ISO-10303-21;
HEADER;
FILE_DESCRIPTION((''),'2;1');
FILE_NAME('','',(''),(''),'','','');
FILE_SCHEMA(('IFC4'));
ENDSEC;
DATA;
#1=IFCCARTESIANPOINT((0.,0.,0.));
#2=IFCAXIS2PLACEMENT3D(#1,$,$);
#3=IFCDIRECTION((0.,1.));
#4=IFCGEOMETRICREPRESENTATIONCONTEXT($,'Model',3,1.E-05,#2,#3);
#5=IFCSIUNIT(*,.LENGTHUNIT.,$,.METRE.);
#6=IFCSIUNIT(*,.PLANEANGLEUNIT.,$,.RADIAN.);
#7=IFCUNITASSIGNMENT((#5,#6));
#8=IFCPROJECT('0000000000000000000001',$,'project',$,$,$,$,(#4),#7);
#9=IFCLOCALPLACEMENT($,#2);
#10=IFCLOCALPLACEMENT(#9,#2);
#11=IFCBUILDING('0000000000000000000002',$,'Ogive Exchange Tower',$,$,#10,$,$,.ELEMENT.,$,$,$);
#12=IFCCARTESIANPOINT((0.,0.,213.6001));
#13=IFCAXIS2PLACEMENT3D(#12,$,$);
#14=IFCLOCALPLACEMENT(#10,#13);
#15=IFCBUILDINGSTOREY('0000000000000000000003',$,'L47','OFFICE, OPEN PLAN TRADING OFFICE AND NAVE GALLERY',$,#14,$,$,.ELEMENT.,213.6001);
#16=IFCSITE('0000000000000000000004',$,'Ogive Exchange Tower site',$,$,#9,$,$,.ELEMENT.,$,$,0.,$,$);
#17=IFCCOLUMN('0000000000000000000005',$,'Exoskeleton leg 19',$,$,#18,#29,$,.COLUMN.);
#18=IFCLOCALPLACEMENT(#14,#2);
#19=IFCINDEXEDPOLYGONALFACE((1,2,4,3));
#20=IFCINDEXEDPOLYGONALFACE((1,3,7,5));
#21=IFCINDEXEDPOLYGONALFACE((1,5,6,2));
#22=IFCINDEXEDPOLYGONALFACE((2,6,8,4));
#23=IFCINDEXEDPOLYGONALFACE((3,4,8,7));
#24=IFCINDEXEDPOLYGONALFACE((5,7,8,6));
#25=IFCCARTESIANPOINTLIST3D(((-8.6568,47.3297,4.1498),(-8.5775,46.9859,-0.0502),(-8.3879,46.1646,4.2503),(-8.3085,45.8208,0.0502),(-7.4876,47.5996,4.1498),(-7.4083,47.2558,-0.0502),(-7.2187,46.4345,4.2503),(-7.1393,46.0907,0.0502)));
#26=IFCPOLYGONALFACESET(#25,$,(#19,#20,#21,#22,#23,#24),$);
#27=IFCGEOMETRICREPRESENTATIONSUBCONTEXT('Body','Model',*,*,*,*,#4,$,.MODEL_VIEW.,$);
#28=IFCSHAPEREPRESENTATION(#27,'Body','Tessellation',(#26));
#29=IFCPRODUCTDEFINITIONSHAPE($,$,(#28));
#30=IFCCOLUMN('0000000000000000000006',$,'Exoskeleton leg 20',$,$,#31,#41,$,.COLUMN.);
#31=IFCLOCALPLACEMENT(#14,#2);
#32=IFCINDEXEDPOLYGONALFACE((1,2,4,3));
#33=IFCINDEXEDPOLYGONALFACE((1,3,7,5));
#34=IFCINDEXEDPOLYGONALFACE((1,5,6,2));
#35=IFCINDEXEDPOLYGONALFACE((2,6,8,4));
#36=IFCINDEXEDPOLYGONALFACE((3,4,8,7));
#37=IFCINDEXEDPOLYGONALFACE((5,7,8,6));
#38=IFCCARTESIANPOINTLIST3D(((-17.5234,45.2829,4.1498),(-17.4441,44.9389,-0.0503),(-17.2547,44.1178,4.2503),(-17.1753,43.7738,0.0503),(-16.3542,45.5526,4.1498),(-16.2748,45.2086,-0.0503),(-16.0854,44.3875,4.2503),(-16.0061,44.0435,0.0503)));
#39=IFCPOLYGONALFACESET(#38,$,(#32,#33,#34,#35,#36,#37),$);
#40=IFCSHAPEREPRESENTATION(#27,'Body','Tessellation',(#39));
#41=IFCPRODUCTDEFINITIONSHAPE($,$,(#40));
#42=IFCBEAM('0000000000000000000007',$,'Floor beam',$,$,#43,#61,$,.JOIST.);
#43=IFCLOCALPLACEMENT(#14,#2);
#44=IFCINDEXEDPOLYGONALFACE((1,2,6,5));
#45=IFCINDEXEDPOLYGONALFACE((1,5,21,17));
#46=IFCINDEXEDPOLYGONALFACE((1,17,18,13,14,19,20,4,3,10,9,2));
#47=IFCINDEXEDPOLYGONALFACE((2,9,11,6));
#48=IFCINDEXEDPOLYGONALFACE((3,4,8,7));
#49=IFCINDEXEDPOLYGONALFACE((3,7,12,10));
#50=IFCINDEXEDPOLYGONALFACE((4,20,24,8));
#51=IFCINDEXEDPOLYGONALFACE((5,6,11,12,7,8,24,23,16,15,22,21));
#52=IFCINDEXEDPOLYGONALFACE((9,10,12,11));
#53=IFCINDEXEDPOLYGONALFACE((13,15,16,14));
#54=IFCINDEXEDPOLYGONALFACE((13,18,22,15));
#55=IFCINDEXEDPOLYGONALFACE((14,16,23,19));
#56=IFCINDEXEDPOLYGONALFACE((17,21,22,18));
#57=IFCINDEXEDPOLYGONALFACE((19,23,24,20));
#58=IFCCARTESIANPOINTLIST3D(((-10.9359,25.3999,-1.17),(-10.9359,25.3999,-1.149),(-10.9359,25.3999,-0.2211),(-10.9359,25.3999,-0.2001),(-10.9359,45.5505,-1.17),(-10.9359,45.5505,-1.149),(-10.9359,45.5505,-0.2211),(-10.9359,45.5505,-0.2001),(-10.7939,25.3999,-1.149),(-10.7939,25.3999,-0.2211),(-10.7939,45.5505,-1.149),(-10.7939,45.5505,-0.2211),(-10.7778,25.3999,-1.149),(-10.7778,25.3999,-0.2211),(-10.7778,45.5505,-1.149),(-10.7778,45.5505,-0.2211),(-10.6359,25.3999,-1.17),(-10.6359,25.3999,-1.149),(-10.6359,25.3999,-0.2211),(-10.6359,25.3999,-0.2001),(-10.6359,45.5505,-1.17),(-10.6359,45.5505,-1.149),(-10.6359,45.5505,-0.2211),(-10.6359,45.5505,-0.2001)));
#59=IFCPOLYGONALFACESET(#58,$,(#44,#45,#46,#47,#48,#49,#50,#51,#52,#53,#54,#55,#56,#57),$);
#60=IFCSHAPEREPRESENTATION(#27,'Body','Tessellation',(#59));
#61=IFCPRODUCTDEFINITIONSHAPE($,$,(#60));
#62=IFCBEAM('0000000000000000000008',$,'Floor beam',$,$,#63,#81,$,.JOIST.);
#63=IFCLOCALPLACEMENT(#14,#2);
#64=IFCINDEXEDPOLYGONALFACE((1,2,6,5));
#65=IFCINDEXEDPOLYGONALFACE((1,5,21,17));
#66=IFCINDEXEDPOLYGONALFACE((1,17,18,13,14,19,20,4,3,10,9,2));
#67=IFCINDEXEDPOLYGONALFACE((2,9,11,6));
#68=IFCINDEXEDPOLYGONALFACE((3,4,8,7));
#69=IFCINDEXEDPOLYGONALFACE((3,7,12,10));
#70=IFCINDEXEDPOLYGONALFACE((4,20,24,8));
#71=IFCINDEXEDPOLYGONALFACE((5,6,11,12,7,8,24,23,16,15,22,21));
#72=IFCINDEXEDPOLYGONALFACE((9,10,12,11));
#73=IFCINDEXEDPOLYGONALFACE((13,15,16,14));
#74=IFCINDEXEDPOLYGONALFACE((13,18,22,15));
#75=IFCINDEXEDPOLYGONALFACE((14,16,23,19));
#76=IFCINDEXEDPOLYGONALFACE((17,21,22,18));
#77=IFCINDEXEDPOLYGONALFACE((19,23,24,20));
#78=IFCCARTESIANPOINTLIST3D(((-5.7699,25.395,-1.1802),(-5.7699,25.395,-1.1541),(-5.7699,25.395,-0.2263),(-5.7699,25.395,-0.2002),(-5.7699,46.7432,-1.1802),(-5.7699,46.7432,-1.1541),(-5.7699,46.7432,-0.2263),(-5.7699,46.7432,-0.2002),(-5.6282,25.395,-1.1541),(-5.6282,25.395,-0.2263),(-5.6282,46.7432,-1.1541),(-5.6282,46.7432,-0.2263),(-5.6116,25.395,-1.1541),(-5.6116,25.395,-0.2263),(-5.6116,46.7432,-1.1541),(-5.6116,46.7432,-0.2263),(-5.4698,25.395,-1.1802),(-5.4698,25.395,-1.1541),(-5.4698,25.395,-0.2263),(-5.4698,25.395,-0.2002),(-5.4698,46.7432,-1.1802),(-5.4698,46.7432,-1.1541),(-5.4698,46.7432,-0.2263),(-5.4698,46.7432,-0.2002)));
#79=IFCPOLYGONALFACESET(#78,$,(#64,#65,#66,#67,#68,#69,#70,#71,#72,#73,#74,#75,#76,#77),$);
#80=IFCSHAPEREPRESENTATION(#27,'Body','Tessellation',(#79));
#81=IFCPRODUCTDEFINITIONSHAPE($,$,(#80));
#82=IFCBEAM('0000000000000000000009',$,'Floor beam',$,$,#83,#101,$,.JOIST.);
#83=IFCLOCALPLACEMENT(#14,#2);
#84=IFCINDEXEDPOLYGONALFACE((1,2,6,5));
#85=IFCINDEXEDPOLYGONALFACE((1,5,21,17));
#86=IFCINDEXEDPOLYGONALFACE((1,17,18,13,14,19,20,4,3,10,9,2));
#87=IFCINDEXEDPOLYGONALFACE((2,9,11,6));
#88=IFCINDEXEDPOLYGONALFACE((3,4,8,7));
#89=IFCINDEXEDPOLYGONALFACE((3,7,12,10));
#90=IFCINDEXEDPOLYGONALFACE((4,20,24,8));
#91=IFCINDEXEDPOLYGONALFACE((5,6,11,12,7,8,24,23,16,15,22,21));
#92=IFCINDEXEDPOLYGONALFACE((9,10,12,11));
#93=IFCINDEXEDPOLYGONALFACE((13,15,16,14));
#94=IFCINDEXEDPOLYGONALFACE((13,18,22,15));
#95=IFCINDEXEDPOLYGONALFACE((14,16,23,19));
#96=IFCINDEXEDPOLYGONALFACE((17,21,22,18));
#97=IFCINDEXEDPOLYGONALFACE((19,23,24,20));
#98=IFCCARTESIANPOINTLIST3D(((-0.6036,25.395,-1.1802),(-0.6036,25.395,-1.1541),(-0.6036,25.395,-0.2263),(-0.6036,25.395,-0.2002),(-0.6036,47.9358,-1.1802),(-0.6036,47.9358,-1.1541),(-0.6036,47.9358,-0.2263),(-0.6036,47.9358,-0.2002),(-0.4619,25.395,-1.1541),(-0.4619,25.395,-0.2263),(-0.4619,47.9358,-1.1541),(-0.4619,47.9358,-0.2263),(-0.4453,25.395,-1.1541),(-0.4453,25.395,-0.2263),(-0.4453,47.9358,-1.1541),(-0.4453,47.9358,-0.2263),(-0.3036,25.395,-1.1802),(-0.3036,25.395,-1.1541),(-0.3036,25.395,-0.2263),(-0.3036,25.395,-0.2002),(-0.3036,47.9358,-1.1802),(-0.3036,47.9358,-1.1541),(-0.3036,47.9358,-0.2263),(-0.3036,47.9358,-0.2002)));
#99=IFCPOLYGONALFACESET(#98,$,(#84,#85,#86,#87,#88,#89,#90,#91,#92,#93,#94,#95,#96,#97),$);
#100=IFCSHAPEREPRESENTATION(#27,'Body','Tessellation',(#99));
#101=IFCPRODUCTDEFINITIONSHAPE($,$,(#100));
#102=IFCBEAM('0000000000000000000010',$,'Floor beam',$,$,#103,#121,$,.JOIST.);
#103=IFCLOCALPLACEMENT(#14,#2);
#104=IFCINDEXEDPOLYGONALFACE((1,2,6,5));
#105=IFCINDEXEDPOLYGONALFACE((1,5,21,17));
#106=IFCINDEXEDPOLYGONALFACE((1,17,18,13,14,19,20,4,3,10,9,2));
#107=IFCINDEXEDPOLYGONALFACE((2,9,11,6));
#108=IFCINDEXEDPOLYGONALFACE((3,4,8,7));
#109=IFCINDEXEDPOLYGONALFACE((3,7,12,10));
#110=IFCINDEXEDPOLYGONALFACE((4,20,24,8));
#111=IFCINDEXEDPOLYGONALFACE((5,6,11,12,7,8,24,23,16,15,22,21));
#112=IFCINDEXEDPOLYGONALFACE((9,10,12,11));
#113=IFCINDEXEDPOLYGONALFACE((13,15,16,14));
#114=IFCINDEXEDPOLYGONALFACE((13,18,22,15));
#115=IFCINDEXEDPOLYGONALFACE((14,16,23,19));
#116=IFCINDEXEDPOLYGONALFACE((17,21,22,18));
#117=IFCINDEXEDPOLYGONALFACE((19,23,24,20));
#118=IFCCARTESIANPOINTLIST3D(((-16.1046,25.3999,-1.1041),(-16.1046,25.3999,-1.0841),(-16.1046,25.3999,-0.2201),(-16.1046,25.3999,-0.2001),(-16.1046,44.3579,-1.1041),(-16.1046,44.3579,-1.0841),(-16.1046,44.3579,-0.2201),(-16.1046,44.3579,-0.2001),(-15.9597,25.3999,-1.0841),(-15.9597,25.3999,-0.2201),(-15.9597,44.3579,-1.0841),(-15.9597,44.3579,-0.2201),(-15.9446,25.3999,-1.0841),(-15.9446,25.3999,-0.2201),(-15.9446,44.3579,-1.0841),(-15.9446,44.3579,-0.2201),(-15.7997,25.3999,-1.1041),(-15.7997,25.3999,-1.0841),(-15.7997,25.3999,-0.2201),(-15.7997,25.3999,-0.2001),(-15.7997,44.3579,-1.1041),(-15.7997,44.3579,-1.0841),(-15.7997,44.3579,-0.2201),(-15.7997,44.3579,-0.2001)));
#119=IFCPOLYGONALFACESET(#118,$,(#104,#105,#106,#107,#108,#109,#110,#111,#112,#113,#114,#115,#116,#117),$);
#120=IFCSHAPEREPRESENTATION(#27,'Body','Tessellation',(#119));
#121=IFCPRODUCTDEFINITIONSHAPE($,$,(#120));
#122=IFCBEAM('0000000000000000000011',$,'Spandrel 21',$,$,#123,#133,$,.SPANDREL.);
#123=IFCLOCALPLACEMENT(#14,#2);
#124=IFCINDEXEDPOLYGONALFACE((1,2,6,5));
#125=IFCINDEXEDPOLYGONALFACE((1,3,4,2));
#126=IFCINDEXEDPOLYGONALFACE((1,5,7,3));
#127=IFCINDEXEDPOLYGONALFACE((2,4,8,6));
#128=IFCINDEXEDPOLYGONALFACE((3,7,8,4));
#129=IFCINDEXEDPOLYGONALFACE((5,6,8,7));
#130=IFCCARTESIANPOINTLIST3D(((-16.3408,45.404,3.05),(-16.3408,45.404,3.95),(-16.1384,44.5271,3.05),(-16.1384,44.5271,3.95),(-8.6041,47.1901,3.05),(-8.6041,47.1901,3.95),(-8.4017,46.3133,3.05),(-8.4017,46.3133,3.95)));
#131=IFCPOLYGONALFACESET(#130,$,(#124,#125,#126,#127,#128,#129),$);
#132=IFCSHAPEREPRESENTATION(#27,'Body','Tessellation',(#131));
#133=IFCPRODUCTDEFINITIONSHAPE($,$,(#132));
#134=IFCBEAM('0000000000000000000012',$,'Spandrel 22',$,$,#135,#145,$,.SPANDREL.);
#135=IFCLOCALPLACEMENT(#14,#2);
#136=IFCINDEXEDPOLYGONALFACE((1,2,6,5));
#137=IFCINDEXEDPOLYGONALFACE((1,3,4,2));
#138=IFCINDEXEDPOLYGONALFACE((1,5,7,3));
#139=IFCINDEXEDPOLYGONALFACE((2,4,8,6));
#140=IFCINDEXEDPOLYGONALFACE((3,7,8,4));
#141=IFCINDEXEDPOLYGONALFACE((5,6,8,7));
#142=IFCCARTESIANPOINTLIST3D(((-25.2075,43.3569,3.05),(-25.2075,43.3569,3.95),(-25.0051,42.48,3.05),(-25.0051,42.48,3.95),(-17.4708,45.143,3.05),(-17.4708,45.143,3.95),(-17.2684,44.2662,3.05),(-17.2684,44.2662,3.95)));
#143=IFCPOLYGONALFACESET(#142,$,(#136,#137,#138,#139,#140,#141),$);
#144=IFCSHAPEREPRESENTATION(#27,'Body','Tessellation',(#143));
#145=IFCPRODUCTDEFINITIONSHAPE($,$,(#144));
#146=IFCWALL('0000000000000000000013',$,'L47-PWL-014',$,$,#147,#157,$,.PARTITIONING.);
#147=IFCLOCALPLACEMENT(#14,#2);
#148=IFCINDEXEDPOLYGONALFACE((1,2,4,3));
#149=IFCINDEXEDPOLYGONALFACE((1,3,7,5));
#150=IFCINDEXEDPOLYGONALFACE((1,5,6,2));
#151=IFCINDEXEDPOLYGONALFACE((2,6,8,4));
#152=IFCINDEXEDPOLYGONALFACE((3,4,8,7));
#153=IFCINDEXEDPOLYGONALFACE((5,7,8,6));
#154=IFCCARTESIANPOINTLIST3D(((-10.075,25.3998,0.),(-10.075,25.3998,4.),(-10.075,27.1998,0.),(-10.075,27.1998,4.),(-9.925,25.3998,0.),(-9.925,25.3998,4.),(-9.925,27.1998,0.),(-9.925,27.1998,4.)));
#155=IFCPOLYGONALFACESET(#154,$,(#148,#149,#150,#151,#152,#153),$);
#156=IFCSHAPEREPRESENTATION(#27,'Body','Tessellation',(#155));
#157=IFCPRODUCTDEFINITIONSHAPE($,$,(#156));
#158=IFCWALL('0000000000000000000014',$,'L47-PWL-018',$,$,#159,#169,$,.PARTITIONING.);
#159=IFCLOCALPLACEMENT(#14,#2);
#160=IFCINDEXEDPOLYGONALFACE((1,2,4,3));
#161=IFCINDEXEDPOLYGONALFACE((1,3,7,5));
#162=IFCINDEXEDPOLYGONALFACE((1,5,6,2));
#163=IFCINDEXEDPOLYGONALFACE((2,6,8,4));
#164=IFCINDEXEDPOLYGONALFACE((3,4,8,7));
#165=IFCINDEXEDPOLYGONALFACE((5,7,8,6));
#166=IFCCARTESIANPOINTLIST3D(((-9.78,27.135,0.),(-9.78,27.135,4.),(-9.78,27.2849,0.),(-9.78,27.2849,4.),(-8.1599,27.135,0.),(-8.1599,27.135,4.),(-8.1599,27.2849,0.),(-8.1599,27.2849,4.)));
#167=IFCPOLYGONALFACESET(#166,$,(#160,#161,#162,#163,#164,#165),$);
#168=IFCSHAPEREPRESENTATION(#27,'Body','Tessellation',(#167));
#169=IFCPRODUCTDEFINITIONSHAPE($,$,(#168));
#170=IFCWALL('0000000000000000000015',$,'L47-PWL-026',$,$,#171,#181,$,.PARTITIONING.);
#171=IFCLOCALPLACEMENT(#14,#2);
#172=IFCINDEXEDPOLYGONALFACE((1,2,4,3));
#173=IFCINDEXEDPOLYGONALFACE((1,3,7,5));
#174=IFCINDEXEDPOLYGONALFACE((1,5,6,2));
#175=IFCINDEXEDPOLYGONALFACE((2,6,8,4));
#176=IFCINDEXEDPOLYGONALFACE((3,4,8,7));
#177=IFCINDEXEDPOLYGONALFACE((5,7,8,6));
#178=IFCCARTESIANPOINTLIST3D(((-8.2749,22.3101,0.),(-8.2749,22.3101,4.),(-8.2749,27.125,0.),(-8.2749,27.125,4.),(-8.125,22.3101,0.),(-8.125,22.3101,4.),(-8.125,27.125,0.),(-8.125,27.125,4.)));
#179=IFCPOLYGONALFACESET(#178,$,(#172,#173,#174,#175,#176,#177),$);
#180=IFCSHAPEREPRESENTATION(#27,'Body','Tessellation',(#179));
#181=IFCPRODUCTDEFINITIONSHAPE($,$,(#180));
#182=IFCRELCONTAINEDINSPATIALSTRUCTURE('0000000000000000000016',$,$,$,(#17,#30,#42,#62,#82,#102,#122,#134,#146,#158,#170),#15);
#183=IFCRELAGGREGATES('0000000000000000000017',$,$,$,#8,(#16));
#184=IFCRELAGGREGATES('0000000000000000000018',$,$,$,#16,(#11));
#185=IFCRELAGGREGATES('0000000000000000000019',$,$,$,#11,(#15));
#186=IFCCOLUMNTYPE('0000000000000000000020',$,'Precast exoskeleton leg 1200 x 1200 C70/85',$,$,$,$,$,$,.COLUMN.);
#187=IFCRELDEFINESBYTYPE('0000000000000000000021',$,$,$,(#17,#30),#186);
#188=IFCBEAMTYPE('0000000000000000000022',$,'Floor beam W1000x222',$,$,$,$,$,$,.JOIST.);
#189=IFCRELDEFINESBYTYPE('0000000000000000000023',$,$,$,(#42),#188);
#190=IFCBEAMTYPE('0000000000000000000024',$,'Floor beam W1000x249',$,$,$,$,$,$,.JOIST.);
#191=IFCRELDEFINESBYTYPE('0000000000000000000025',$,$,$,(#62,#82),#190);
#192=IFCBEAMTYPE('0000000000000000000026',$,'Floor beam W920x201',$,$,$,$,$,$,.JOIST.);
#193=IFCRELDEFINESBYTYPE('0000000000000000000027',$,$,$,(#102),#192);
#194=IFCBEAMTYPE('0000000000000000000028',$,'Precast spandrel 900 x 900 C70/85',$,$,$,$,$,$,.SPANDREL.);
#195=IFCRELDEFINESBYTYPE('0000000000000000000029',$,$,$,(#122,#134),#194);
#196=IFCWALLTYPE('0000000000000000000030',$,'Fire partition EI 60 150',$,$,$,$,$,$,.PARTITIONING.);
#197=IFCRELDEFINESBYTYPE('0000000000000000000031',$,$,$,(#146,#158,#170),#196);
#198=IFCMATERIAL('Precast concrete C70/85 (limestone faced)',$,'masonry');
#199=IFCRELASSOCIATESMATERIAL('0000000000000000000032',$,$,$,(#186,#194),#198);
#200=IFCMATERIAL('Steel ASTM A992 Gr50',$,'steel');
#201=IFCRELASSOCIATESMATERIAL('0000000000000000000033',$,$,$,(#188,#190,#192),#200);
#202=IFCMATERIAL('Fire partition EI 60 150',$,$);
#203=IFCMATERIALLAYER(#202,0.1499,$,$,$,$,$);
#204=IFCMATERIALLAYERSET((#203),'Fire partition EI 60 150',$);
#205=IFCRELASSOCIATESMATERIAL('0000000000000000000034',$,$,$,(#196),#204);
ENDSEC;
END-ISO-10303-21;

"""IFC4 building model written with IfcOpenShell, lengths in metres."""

from ifc_helpers import new_model, si_unit, direction, frame, frame_2d, origin, origin_2d, place, context, subcontext, project, spatial, rectangle, i_section, extrude, material, layer, layer_set, material_profile, profile_set, type_object, element, save


model = new_model("IFC4")

# Units and contexts
model_context = context("Model", 3, precision=1e-05, world=origin(), true_north=direction((0.0, 1.0)))
body_context = subcontext(model_context, "Body", "Model", "MODEL_VIEW")
ifc_project = project(units=[si_unit("LENGTHUNIT", "METRE"), si_unit("PLANEANGLEUNIT", "RADIAN")], contexts=[model_context])

# Site, building, storey
site_placement = place(None, origin())
site = spatial("IfcSite", under=ifc_project, at=site_placement, Name="Ogive Exchange Tower site", CompositionType="ELEMENT", RefElevation=0.0)
building_placement = place(site_placement, origin())
building = spatial("IfcBuilding", under=site, at=building_placement, Name="Ogive Exchange Tower", CompositionType="ELEMENT")
storey_placement = place(building_placement, frame((0.0, 0.0, 213.6001)))
storey = spatial("IfcBuildingStorey", under=building, at=storey_placement, Name="L47", Description="OFFICE, OPEN PLAN TRADING OFFICE AND NAVE GALLERY", CompositionType="ELEMENT", Elevation=213.6001)

# Columns
ifc_material_1 = material(Name="Precast concrete C70/85 (limestone faced)", Category="masonry")
ifc_material_profile_1 = material_profile(ifc_material_1, rectangle(XDim=1.2, YDim=1.2, at=origin_2d()), Name="1200 x 1200")
ifc_profile_set_1 = profile_set([ifc_material_profile_1], Name="Precast concrete C70/85 (limestone faced)")
column_type = type_object("IfcColumnType", Name="Precast exoskeleton leg 1200 x 1200 C70/85", PredefinedType="COLUMN", material=ifc_profile_set_1)
for number, where, z_axis, x_axis, name in (
    (1, (-7.8584, 46.5383, 0.0), (-0.018826, 0.081559, 0.996491), (-0.97438, -0.22491, 0.0), "Exoskeleton leg 19"),
    (2, (-16.7251, 44.4912, 0.0), (-0.018826, 0.081617, 0.996486), (-0.974415, -0.224758, 0.0), "Exoskeleton leg 20"),
):
    element("IfcColumn", number, at=place(storey_placement, frame(where, z_axis=z_axis, x_axis=x_axis)), inside=storey, type_object=column_type, Name=name, PredefinedType="COLUMN", context=body_context, shape_type="SweptSolid", body=[
        extrude(rectangle(XDim=1.2, YDim=1.2, at=origin_2d()), origin(), (0.0, 0.0, 1.0), 4.2148),
    ])

# Beams
ifc_material_2 = material(Name="Steel ASTM A992 Gr50", Category="steel")
ifc_material_profile_2 = material_profile(ifc_material_2, i_section(OverallWidth=0.3, OverallDepth=0.97, WebThickness=0.0161, FlangeThickness=0.021, at=origin_2d()), Name="W1000x222")
ifc_profile_set_2 = profile_set([ifc_material_profile_2], Name="Steel ASTM A992 Gr50")
beam_type_1 = type_object("IfcBeamType", Name="Floor beam W1000x222", PredefinedType="JOIST", material=ifc_profile_set_2)
beam_1_placement = place(storey_placement, frame((-10.7859, 25.3999, -0.6851), z_axis=(0.0, 1.0, 0.0), x_axis=(-1.0, 0.0, 0.0)))
element("IfcBeam", 3, at=beam_1_placement, inside=storey, type_object=beam_type_1, Name="Floor beam", PredefinedType="JOIST", context=body_context, shape_type="SweptSolid", body=[
    extrude(i_section(OverallWidth=0.3, OverallDepth=0.97, WebThickness=0.0161, FlangeThickness=0.021, at=origin_2d()), origin(), (0.0, 0.0, 1.0), 20.1506),
])
ifc_material_profile_3 = material_profile(ifc_material_2, i_section(OverallWidth=0.3, OverallDepth=0.98, WebThickness=0.0166, FlangeThickness=0.0261, at=origin_2d()), Name="W1000x249")
ifc_profile_set_3 = profile_set([ifc_material_profile_3], Name="Steel ASTM A992 Gr50")
beam_type_2 = type_object("IfcBeamType", Name="Floor beam W1000x249", PredefinedType="JOIST", material=ifc_profile_set_3)
beam_2_placement = place(storey_placement, frame((-5.6199, 25.395, -0.6902), z_axis=(0.0, 1.0, 0.0), x_axis=(-1.0, 0.0, 0.0)))
element("IfcBeam", 4, at=beam_2_placement, inside=storey, type_object=beam_type_2, Name="Floor beam", PredefinedType="JOIST", context=body_context, shape_type="SweptSolid", body=[
    extrude(i_section(OverallWidth=0.3, OverallDepth=0.98, WebThickness=0.0166, FlangeThickness=0.0261, at=origin_2d()), origin(), (0.0, 0.0, 1.0), 21.3481),
])
beam_3_placement = place(storey_placement, frame((-0.4536, 25.395, -0.6902), z_axis=(0.0, 1.0, 0.0), x_axis=(-1.0, 0.0, 0.0)))
element("IfcBeam", 5, at=beam_3_placement, inside=storey, type_object=beam_type_2, Name="Floor beam", PredefinedType="JOIST", context=body_context, shape_type="SweptSolid", body=[
    extrude(i_section(OverallWidth=0.3, OverallDepth=0.98, WebThickness=0.0166, FlangeThickness=0.0261, at=origin_2d()), origin(), (0.0, 0.0, 1.0), 22.5408),
])
ifc_material_profile_4 = material_profile(ifc_material_2, i_section(OverallWidth=0.3049, OverallDepth=0.9041, WebThickness=0.0151, FlangeThickness=0.02, at=origin_2d()), Name="W920x201")
ifc_profile_set_4 = profile_set([ifc_material_profile_4], Name="Steel ASTM A992 Gr50")
beam_type_3 = type_object("IfcBeamType", Name="Floor beam W920x201", PredefinedType="JOIST", material=ifc_profile_set_4)
beam_4_placement = place(storey_placement, frame((-15.9521, 25.3999, -0.6521), z_axis=(0.0, 1.0, 0.0), x_axis=(-1.0, 0.0, 0.0)))
element("IfcBeam", 6, at=beam_4_placement, inside=storey, type_object=beam_type_3, Name="Floor beam", PredefinedType="JOIST", context=body_context, shape_type="SweptSolid", body=[
    extrude(i_section(OverallWidth=0.3049, OverallDepth=0.9041, WebThickness=0.0151, FlangeThickness=0.02, at=origin_2d()), origin(), (0.0, 0.0, 1.0), 18.958),
])
ifc_material_profile_5 = material_profile(ifc_material_1, rectangle(XDim=0.8999, YDim=0.8999, at=origin_2d()), Name="900 x 900")
ifc_profile_set_5 = profile_set([ifc_material_profile_5], Name="Precast concrete C70/85 (limestone faced)")
beam_type_4 = type_object("IfcBeamType", Name="Precast spandrel 900 x 900 C70/85", PredefinedType="SPANDREL", material=ifc_profile_set_5)
for number, where, z_axis, x_axis, name in (
    (7, (-8.5029, 46.7517, 3.5), (-0.97437, -0.224952, 0.0), (0.224952, -0.97437, 0.0), "Spandrel 21"),
    (8, (-17.3696, 44.7046, 3.5), (-0.97437, -0.224952, 0.0), (0.224952, -0.97437, 0.0), "Spandrel 22"),
):
    element("IfcBeam", number, at=place(storey_placement, frame(where, z_axis=z_axis, x_axis=x_axis)), inside=storey, type_object=beam_type_4, Name=name, PredefinedType="SPANDREL", context=body_context, shape_type="SweptSolid", body=[
        extrude(rectangle(XDim=0.8999, YDim=0.8999, at=origin_2d()), origin(), (0.0, 0.0, 1.0), 7.9402),
    ])

# Walls
ifc_material_3 = material(Name="Fire partition EI 60 150")
ifc_layer_1 = layer(ifc_material_3, 0.1499)
ifc_layer_set_1 = layer_set([ifc_layer_1], Name="Fire partition EI 60 150")
wall_type_1 = type_object("IfcWallType", Name="Fire partition EI 60 150", PredefinedType="PARTITIONING", material=ifc_layer_set_1)
wall_1_placement = place(storey_placement, frame((-10.0, 25.3999, 0.0), z_axis=(0.0, 0.0, 1.0), x_axis=(0.0, 1.0, 0.0)))
element("IfcWall", 9, at=wall_1_placement, inside=storey, type_object=wall_type_1, Name="L47-PWL-014", PredefinedType="PARTITIONING", context=body_context, shape_type="SweptSolid", body=[
    extrude(rectangle(XDim=1.8, YDim=0.1499, at=frame_2d((0.8999, 0.0))), origin(), (0.0, 0.0, 1.0), 4.0),
])
wall_2_placement = place(storey_placement, frame((-9.78, 27.21, 0.0), z_axis=(0.0, 0.0, 1.0), x_axis=(1.0, 0.0, 0.0)))
element("IfcWall", 10, at=wall_2_placement, inside=storey, type_object=wall_type_1, Name="L47-PWL-018", PredefinedType="PARTITIONING", context=body_context, shape_type="SweptSolid", body=[
    extrude(rectangle(XDim=1.6201, YDim=0.1499, at=frame_2d((0.8101, 0.0))), origin(), (0.0, 0.0, 1.0), 4.0),
])
wall_3_placement = place(storey_placement, frame((-8.2, 27.125, 0.0), z_axis=(0.0, 0.0, 1.0), x_axis=(0.0, -1.0, 0.0)))
element("IfcWall", 11, at=wall_3_placement, inside=storey, type_object=wall_type_1, Name="L47-PWL-026", PredefinedType="PARTITIONING", context=body_context, shape_type="SweptSolid", body=[
    extrude(rectangle(XDim=4.8149, YDim=0.1499, at=frame_2d((2.4075, 0.0))), origin(), (0.0, 0.0, 1.0), 4.0),
])

save(model, "model.ifc")
